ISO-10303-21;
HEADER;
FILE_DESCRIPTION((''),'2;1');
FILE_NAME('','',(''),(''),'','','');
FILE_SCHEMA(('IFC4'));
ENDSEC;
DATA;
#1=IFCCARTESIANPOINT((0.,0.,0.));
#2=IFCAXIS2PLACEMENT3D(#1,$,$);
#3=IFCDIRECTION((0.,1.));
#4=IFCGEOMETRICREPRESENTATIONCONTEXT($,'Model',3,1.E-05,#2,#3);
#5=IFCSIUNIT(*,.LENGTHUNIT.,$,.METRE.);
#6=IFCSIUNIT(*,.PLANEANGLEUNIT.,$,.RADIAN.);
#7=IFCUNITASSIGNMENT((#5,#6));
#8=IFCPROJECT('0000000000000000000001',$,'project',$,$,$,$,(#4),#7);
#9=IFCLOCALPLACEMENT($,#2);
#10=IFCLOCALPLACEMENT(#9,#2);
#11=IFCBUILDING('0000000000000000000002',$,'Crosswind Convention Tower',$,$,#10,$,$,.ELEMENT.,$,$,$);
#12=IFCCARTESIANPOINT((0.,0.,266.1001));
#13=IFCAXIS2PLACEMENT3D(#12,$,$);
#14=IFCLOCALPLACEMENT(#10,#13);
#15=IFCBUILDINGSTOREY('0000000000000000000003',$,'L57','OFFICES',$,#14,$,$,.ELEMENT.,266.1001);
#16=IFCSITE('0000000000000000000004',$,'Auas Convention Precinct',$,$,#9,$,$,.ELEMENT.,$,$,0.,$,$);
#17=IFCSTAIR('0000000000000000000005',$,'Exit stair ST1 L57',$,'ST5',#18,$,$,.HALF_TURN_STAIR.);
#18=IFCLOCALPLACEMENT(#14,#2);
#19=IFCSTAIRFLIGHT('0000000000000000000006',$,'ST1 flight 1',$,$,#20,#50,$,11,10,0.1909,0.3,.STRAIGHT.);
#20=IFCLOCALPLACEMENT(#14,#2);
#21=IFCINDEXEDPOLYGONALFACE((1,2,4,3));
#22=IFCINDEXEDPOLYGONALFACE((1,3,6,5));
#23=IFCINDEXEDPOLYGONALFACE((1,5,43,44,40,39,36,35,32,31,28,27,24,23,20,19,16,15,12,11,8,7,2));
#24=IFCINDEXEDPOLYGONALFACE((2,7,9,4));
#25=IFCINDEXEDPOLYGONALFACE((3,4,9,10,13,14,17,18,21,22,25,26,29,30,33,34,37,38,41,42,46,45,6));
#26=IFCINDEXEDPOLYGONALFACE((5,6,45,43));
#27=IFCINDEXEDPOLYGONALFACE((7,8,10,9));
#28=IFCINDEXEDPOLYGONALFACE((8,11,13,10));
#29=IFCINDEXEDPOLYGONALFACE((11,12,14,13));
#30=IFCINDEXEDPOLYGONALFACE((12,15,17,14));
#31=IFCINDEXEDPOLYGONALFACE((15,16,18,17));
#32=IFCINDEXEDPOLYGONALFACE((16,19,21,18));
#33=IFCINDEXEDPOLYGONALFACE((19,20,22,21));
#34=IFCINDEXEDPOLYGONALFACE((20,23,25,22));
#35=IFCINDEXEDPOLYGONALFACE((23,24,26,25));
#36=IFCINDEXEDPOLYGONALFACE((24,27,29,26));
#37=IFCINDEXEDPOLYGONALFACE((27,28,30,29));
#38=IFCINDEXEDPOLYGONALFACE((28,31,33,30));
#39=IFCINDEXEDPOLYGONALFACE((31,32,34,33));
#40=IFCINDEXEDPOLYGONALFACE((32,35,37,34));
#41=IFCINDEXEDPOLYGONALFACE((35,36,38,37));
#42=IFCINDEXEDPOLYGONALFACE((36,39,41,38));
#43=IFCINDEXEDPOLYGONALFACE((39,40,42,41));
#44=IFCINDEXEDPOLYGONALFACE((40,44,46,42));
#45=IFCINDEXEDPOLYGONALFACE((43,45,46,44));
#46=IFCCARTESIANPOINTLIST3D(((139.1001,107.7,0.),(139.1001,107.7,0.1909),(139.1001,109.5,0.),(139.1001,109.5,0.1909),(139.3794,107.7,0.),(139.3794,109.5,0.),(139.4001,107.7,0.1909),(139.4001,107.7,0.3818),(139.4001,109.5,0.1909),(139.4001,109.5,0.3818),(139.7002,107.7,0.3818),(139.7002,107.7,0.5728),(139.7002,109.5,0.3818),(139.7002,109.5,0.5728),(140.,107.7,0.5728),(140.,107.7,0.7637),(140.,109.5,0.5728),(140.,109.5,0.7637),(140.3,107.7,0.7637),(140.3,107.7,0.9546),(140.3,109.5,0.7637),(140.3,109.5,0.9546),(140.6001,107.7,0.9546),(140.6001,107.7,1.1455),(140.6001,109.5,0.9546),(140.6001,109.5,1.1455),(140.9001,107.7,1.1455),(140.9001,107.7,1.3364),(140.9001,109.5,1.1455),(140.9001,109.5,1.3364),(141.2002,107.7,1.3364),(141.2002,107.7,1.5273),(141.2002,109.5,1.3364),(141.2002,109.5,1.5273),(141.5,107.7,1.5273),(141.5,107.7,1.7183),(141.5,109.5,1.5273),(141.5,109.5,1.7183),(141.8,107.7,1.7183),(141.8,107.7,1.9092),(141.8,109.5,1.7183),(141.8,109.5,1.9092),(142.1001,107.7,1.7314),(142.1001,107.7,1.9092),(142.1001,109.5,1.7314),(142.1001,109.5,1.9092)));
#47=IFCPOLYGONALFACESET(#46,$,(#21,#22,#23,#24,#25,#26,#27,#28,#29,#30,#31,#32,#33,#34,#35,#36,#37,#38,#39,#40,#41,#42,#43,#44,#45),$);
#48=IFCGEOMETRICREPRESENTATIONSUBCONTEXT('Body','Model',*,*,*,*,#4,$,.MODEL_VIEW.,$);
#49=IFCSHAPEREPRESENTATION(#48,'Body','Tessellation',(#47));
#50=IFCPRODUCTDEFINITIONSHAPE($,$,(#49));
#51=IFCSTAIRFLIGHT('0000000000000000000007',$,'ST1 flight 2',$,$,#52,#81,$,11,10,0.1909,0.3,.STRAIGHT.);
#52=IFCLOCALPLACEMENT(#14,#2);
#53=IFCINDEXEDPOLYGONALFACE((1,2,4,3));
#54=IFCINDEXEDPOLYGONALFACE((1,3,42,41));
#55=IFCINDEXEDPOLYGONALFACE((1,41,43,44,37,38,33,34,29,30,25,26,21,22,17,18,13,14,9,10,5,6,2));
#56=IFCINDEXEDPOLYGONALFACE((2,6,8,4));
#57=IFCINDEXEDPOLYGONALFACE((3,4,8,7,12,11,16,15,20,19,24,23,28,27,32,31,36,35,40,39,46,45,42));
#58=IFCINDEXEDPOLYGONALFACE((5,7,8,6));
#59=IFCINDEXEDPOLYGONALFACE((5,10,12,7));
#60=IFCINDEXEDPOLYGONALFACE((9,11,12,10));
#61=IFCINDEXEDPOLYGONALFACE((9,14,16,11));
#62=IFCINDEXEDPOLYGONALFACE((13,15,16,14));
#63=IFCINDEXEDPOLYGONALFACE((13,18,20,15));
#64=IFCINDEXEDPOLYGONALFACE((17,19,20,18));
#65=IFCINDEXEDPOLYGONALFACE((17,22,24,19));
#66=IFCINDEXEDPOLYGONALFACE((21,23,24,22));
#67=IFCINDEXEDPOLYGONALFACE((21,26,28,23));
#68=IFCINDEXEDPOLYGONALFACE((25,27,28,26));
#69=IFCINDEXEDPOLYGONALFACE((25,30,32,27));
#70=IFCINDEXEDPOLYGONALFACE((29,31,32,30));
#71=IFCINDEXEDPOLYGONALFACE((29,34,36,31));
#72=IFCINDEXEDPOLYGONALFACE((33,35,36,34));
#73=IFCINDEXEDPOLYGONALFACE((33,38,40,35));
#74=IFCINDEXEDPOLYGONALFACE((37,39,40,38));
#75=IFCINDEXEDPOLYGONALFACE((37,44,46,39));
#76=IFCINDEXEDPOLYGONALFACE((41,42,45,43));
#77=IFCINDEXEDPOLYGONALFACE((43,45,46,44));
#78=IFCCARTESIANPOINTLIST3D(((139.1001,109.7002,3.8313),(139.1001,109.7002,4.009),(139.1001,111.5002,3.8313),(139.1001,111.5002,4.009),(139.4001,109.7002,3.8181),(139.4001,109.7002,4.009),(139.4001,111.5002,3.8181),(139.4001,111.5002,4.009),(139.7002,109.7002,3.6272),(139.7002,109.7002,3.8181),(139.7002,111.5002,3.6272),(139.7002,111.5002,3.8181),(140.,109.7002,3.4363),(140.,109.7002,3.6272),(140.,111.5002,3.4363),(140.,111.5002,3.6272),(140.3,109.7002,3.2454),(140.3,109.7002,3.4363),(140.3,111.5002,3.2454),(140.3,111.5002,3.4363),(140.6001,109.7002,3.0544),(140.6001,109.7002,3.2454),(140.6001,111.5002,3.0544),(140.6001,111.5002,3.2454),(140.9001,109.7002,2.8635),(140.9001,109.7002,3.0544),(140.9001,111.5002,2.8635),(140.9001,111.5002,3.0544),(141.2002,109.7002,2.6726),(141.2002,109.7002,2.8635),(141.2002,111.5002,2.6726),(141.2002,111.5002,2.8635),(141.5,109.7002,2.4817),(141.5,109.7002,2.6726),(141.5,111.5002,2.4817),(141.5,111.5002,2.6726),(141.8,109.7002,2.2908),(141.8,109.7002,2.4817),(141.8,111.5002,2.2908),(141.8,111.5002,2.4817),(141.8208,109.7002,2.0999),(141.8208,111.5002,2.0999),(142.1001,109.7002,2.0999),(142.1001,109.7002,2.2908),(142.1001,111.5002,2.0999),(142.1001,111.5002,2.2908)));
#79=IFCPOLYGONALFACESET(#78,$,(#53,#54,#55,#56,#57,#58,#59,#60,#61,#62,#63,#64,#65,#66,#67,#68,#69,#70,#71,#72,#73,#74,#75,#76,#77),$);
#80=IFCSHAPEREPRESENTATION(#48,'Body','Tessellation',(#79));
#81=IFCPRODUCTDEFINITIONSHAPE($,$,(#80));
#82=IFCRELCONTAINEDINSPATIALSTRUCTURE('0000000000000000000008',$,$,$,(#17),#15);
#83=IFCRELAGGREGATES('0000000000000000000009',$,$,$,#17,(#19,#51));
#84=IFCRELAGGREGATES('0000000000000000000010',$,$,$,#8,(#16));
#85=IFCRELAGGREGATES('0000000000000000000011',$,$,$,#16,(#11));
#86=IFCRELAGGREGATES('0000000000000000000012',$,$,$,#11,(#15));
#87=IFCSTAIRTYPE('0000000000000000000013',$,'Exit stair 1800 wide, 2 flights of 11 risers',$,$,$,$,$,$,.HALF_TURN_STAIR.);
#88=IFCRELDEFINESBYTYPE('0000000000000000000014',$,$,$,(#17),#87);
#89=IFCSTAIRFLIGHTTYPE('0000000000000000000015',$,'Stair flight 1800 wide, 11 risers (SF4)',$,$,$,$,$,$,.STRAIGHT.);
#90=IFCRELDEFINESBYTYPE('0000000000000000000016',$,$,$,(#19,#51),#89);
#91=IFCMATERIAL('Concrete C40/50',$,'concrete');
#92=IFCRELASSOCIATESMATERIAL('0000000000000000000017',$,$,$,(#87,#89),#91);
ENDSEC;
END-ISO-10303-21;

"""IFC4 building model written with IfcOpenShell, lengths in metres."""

from ifc_helpers import new_model, si_unit, direction, frame, origin, place, context, subcontext, project, spatial, polyline, outline, extrude, material, type_object, element, aggregate, save


model = new_model("IFC4")

# Units and contexts
model_context = context("Model", 3, precision=1e-05, world=origin(), true_north=direction((0.0, 1.0)))
body_context = subcontext(model_context, "Body", "Model", "MODEL_VIEW")
ifc_project = project(units=[si_unit("LENGTHUNIT", "METRE"), si_unit("PLANEANGLEUNIT", "RADIAN")], contexts=[model_context])

# Site, building, storey
site_placement = place(None, origin())
site = spatial("IfcSite", under=ifc_project, at=site_placement, Name="Auas Convention Precinct", CompositionType="ELEMENT", RefElevation=0.0)
building_placement = place(site_placement, origin())
building = spatial("IfcBuilding", under=site, at=building_placement, Name="Crosswind Convention Tower", CompositionType="ELEMENT")
storey_placement = place(building_placement, frame((0.0, 0.0, 266.1001)))
storey = spatial("IfcBuildingStorey", under=building, at=storey_placement, Name="L57", Description="OFFICES", CompositionType="ELEMENT", Elevation=266.1001)

# Stair, stair flights
ifc_material_1 = material(Name="Concrete C40/50", Category="concrete")
stair_type = type_object("IfcStairType", Name="Exit stair 1800 wide, 2 flights of 11 risers", PredefinedType="HALF_TURN_STAIR", material=ifc_material_1)
stair_placement = place(storey_placement, origin())
stair = element("IfcStair", 1, at=stair_placement, inside=storey, type_object=stair_type, Name="Exit stair ST1 L57", ObjectType="ST5", PredefinedType="HALF_TURN_STAIR")
stair_flight_type = type_object("IfcStairFlightType", Name="Stair flight 1800 wide, 11 risers (SF4)", PredefinedType="STRAIGHT", material=ifc_material_1)
stair_flight_1_placement = place(storey_placement, frame((139.1001, 108.6001, 0.0), z_axis=(0.0, 0.0, 1.0), x_axis=(1.0, 0.0, 0.0)))
stair_flight_1 = element("IfcStairFlight", 2, at=stair_flight_1_placement, type_object=stair_flight_type, Name="ST1 flight 1", NumberOfRisers=11, NumberOfTreads=10, PredefinedType="STRAIGHT", RiserHeight=0.1909, TreadLength=0.3, context=body_context, shape_type="SweptSolid", body=[
    extrude(outline(polyline([(0.0, 0.0), (0.0, 0.1909), (0.3, 0.1909), (0.3, 0.3818), (0.6001, 0.3818), (0.6001, 0.5728), (0.8999, 0.5728), (0.8999, 0.7637), (1.2, 0.7637), (1.2, 0.9546), (1.5, 0.9546), (1.5, 1.1455), (1.8, 1.1455), (1.8, 1.3364), (2.1001, 1.3364), (2.1001, 1.5273), (2.3999, 1.5273), (2.3999, 1.7183), (2.7, 1.7183), (2.7, 1.9092), (3.0, 1.9092), (3.0, 2.1001), (3.0, 1.7314), (0.2793, 0.0), (0.0, 0.0)])), frame((0.0, 0.8999, 0.0), z_axis=(0.0, -1.0, 0.0), x_axis=(1.0, 0.0, 0.0)), (0.0, 0.0, 1.0), 1.8),
])
stair_flight_2_placement = place(storey_placement, frame((142.1001, 110.6001, 2.0999), z_axis=(0.0, 0.0, 1.0), x_axis=(-1.0, 0.0, 0.0)))
stair_flight_2 = element("IfcStairFlight", 3, at=stair_flight_2_placement, type_object=stair_flight_type, Name="ST1 flight 2", NumberOfRisers=11, NumberOfTreads=10, PredefinedType="STRAIGHT", RiserHeight=0.1909, TreadLength=0.3, context=body_context, shape_type="SweptSolid", body=[
    extrude(outline(polyline([(0.0, 0.0), (0.0, 0.1909), (0.3, 0.1909), (0.3, 0.3818), (0.6001, 0.3818), (0.6001, 0.5728), (0.8999, 0.5728), (0.8999, 0.7637), (1.2, 0.7637), (1.2, 0.9546), (1.5, 0.9546), (1.5, 1.1455), (1.8, 1.1455), (1.8, 1.3364), (2.1001, 1.3364), (2.1001, 1.5273), (2.3999, 1.5273), (2.3999, 1.7183), (2.7, 1.7183), (2.7, 1.9092), (3.0, 1.9092), (3.0, 2.1001), (3.0, 1.7314), (0.2793, 0.0), (0.0, 0.0)])), frame((0.0, 0.8999, 0.0), z_axis=(0.0, -1.0, 0.0), x_axis=(1.0, 0.0, 0.0)), (0.0, 0.0, 1.0), 1.8),
])
aggregate(stair, [stair_flight_1, stair_flight_2])

save(model, "model.ifc")
